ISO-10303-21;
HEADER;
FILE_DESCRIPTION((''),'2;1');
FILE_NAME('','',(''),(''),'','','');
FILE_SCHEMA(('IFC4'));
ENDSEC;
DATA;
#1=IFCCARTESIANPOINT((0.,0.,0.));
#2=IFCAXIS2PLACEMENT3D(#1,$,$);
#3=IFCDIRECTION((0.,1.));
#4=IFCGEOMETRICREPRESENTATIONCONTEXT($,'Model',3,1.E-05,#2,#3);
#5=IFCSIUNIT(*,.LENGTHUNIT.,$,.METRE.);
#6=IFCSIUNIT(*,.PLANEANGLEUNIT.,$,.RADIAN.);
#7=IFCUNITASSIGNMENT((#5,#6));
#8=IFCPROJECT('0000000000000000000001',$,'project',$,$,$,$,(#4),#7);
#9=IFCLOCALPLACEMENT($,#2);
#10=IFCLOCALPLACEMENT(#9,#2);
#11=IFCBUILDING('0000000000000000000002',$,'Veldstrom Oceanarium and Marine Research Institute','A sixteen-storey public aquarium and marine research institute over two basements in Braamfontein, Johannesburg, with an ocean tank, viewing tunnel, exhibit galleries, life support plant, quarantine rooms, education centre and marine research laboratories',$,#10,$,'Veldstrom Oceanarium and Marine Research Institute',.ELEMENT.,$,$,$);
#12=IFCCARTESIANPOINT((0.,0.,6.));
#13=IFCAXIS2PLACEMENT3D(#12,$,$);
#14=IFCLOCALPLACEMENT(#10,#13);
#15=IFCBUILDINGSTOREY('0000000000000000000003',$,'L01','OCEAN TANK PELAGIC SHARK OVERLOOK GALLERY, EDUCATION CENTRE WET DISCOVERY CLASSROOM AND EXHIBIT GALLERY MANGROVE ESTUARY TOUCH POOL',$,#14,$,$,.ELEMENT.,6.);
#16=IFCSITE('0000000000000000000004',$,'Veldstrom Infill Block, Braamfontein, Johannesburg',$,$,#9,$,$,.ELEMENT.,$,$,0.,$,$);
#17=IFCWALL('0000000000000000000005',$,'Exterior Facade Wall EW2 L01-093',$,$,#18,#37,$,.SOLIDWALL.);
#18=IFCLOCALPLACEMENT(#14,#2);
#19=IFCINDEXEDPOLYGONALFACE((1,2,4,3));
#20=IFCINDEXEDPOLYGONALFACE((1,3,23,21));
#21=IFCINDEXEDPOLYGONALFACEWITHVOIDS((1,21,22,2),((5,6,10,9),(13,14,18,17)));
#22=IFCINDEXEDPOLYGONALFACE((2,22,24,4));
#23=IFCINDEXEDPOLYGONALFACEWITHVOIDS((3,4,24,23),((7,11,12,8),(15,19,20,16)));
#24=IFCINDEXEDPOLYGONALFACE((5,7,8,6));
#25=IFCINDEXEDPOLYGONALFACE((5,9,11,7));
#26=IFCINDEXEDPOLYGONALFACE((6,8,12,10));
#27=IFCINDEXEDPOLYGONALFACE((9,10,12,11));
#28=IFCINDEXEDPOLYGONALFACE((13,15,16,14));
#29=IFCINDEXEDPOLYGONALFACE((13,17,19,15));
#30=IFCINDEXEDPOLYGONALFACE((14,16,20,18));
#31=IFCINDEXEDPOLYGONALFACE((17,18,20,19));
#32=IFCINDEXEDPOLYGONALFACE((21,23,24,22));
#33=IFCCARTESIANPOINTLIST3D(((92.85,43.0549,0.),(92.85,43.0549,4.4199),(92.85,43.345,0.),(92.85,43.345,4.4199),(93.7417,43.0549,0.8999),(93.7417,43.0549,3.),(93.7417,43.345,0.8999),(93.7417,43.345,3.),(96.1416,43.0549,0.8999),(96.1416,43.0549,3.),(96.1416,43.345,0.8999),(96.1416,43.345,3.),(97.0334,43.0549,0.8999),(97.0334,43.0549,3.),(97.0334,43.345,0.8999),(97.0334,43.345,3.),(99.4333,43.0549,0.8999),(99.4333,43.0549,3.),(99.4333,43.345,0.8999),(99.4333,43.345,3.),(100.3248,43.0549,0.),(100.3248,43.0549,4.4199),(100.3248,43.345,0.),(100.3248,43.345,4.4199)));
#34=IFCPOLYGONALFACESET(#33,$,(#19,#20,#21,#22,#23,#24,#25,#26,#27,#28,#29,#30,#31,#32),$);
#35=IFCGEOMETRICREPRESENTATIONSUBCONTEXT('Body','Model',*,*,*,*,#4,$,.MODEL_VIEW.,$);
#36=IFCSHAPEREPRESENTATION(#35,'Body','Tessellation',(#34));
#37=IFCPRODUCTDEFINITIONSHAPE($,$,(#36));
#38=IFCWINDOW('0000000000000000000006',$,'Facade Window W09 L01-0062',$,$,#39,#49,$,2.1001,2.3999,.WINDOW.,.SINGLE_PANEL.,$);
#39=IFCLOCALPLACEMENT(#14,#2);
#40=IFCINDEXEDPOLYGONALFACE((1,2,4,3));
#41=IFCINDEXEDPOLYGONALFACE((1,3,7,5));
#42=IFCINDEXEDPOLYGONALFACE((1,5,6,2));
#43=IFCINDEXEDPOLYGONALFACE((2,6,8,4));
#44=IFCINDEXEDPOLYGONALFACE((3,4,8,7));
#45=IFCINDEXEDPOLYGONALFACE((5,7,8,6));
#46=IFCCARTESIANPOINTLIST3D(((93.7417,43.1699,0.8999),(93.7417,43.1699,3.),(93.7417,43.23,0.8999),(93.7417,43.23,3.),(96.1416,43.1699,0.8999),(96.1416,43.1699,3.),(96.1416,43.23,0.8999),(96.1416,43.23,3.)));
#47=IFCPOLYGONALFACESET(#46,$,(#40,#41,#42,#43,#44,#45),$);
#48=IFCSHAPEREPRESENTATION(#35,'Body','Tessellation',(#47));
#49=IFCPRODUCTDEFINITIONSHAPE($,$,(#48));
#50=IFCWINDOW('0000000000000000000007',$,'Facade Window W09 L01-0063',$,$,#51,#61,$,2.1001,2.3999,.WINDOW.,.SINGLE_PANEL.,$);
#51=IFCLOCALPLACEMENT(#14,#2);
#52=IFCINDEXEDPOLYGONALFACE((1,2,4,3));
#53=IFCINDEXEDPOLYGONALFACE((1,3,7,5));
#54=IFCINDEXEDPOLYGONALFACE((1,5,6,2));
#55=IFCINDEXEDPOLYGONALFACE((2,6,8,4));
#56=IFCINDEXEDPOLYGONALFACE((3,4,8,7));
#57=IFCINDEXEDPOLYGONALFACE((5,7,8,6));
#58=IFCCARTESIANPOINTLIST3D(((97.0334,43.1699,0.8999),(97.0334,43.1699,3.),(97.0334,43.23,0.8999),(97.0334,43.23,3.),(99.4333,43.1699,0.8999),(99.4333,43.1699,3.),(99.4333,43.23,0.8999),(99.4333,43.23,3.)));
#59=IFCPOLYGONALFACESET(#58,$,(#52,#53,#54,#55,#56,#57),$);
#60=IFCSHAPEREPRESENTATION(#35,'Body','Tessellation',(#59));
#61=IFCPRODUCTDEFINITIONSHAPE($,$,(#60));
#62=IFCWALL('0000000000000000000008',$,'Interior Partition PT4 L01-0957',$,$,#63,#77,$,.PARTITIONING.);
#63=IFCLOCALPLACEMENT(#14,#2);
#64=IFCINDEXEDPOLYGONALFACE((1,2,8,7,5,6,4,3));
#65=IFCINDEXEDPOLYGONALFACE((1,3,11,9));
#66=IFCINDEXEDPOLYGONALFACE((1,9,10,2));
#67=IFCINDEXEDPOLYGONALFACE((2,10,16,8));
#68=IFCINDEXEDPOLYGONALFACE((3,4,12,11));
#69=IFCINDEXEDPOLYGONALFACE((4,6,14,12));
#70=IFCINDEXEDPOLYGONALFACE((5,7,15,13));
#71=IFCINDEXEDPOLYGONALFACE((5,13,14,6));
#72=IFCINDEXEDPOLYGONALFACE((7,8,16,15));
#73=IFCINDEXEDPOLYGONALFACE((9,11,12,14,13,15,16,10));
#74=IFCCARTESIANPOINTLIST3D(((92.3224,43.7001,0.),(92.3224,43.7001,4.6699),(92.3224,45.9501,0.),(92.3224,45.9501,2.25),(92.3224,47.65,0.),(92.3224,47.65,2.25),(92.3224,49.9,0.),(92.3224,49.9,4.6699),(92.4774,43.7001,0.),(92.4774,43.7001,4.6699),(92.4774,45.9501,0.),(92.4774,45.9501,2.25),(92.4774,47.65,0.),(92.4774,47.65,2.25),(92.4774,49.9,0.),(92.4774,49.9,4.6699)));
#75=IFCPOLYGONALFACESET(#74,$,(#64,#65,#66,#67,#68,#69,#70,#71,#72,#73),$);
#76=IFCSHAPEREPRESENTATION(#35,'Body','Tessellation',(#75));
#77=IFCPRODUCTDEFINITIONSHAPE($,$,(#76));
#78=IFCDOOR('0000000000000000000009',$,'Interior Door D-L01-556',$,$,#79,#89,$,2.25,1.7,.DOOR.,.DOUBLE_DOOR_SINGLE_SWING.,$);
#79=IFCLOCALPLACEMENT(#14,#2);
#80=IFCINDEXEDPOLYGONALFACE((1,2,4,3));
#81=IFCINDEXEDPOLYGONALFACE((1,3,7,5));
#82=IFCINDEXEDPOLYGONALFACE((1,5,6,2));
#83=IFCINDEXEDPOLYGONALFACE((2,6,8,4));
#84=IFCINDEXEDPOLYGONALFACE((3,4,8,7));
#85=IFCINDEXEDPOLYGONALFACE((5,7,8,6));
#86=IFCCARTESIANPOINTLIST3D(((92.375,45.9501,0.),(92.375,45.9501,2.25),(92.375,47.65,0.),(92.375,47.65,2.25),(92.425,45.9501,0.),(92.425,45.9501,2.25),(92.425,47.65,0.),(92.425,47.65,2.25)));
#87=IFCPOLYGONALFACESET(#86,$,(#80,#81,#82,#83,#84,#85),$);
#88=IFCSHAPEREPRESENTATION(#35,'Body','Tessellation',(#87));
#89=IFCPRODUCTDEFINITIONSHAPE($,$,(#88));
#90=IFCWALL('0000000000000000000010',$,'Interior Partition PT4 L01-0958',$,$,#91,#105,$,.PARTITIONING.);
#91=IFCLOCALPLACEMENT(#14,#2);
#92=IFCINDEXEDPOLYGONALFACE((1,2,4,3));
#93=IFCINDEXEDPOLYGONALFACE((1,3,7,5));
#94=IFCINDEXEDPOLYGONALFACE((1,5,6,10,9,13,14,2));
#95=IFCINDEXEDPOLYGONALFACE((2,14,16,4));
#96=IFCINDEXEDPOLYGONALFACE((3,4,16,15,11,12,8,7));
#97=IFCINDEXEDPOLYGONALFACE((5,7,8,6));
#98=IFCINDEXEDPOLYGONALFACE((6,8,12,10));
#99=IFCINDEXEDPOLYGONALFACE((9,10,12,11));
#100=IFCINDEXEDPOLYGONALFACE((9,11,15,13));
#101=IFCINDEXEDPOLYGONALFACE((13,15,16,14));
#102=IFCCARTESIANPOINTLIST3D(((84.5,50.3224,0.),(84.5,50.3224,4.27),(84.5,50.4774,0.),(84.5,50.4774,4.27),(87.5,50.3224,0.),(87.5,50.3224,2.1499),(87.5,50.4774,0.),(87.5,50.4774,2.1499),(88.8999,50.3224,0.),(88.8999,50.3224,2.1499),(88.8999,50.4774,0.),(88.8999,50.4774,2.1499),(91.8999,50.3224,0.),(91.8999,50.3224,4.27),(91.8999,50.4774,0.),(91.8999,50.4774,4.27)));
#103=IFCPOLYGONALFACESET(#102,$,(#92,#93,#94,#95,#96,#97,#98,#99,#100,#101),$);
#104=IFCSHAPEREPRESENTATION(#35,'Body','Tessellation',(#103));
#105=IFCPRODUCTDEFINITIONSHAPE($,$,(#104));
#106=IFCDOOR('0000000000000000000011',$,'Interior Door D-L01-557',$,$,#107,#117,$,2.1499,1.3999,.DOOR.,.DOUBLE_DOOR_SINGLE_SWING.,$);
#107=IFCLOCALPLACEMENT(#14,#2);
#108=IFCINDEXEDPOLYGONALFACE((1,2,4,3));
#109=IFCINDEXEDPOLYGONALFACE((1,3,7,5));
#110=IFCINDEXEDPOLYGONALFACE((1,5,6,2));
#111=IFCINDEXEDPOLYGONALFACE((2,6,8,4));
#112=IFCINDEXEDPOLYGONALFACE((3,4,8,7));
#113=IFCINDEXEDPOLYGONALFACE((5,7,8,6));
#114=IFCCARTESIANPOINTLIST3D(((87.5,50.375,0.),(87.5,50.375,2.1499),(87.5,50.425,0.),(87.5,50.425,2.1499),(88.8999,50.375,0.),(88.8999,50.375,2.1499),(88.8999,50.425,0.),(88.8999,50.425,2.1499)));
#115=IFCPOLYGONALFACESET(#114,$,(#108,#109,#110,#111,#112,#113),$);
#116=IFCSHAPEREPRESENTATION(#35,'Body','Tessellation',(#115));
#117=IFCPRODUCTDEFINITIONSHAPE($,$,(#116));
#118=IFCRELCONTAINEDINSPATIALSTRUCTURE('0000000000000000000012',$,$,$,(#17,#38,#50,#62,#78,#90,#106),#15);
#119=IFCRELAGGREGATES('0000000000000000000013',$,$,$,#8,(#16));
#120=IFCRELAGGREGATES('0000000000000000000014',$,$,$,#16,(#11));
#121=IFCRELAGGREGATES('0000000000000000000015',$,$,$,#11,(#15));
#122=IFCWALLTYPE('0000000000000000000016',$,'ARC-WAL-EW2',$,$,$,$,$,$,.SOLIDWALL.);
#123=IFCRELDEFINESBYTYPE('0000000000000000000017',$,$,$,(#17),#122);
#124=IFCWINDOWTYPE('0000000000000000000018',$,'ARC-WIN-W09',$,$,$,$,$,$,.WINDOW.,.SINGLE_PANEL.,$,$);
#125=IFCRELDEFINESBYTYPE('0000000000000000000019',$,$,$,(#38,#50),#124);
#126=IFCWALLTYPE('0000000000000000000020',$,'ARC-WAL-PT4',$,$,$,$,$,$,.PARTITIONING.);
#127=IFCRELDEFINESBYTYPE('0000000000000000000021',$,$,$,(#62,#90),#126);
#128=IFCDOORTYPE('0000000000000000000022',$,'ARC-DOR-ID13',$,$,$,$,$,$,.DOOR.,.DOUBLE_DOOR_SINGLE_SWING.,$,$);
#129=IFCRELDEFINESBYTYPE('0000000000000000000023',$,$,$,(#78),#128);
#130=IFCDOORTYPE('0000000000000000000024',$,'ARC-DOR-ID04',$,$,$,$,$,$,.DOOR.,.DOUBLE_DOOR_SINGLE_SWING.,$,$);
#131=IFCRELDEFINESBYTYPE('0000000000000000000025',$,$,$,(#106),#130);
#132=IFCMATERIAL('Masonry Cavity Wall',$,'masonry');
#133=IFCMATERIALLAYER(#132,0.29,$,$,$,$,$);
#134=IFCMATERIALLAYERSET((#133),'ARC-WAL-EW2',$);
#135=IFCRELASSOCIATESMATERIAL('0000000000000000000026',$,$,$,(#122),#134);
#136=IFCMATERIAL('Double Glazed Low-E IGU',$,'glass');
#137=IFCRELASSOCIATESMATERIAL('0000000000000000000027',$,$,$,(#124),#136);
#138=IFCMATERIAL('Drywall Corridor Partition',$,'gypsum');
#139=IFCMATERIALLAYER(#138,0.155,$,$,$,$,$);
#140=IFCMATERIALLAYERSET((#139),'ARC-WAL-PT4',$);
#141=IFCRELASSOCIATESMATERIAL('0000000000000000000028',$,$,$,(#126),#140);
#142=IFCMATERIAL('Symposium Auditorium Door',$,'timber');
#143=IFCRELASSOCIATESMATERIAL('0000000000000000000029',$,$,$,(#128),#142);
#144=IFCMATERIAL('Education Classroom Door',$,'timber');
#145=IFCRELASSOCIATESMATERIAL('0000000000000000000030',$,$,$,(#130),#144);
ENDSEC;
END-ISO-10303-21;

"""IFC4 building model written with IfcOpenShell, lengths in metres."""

from ifc_helpers import new_model, si_unit, direction, frame, frame_2d, origin, place, context, subcontext, project, spatial, rectangle, extrude, material, layer, layer_set, type_object, element, fill, save


model = new_model("IFC4")

# Units and contexts
model_context = context("Model", 3, precision=1e-05, world=origin(), true_north=direction((0.0, 1.0)))
body_context = subcontext(model_context, "Body", "Model", "MODEL_VIEW")
ifc_project = project(units=[si_unit("LENGTHUNIT", "METRE"), si_unit("PLANEANGLEUNIT", "RADIAN")], contexts=[model_context])

# Site, building, storey
site_placement = place(None, origin())
site = spatial("IfcSite", under=ifc_project, at=site_placement, Name="Veldstrom Infill Block, Braamfontein, Johannesburg", CompositionType="ELEMENT", RefElevation=0.0)
building_placement = place(site_placement, origin())
building = spatial("IfcBuilding", under=site, at=building_placement, Name="Veldstrom Oceanarium and Marine Research Institute", Description="A sixteen-storey public aquarium and marine research institute over two basements in Braamfontein, Johannesburg, with an ocean tank, viewing tunnel, exhibit galleries, life support plant, quarantine rooms, education centre and marine research laboratories", LongName="Veldstrom Oceanarium and Marine Research Institute", CompositionType="ELEMENT")
storey_placement = place(building_placement, frame((0.0, 0.0, 6.0)))
storey = spatial("IfcBuildingStorey", under=building, at=storey_placement, Name="L01", Description="OCEAN TANK PELAGIC SHARK OVERLOOK GALLERY, EDUCATION CENTRE WET DISCOVERY CLASSROOM AND EXHIBIT GALLERY MANGROVE ESTUARY TOUCH POOL", CompositionType="ELEMENT", Elevation=6.0)

# Wall, openings, windows
ifc_material_1 = material(Name="Masonry Cavity Wall", Category="masonry")
ifc_layer_1 = layer(ifc_material_1, 0.29)
ifc_layer_set_1 = layer_set([ifc_layer_1], Name="ARC-WAL-EW2")
wall_type_1 = type_object("IfcWallType", Name="ARC-WAL-EW2", PredefinedType="SOLIDWALL", material=ifc_layer_set_1)
wall_1_placement = place(storey_placement, frame((92.8501, 43.2, 0.0), z_axis=(0.0, 0.0, 1.0), x_axis=(1.0, 0.0, 0.0)))
wall_1 = element("IfcWall", 1, at=wall_1_placement, inside=storey, type_object=wall_type_1, Name="Exterior Facade Wall EW2 L01-093", PredefinedType="SOLIDWALL", context=body_context, shape_type="SweptSolid", body=[
    extrude(rectangle(XDim=7.4749, YDim=0.29, at=frame_2d((3.7373, 0.0))), origin(), (0.0, 0.0, 1.0), 4.4199),
])
opening_1_placement = place(wall_1_placement, frame((0.8916, 0.0, 0.8999)))
opening_1 = element("IfcOpeningElement", 2, at=opening_1_placement, cuts=wall_1, PredefinedType="OPENING", context=body_context, shape_type="SweptSolid", body=[
    extrude(rectangle(XDim=2.3999, YDim=2.1001, at=frame_2d((1.2, 1.05))), frame((0.0, 0.155, 0.0), z_axis=(0.0, -1.0, 0.0), x_axis=(1.0, 0.0, 0.0)), (0.0, 0.0, 1.0), 0.3101),
])
opening_2_placement = place(wall_1_placement, frame((4.1833, 0.0, 0.8999)))
opening_2 = element("IfcOpeningElement", 3, at=opening_2_placement, cuts=wall_1, PredefinedType="OPENING", context=body_context, shape_type="SweptSolid", body=[
    extrude(rectangle(XDim=2.3999, YDim=2.1001, at=frame_2d((1.2, 1.05))), frame((0.0, 0.155, 0.0), z_axis=(0.0, -1.0, 0.0), x_axis=(1.0, 0.0, 0.0)), (0.0, 0.0, 1.0), 0.3101),
])
ifc_material_2 = material(Name="Double Glazed Low-E IGU", Category="glass")
window_type = type_object("IfcWindowType", Name="ARC-WIN-W09", PartitioningType="SINGLE_PANEL", PredefinedType="WINDOW", material=ifc_material_2)
window_1_placement = place(opening_1_placement, origin())
window_1 = element("IfcWindow", 4, at=window_1_placement, inside=storey, type_object=window_type, Name="Facade Window W09 L01-0062", OverallHeight=2.1001, OverallWidth=2.3999, PartitioningType="SINGLE_PANEL", PredefinedType="WINDOW", context=body_context, shape_type="SweptSolid", body=[
    extrude(rectangle(XDim=2.3999, YDim=2.1001, at=frame_2d((1.2, 1.05))), frame((0.0, 0.03, 0.0), z_axis=(0.0, -1.0, 0.0), x_axis=(1.0, 0.0, 0.0)), (0.0, 0.0, 1.0), 0.0601),
])
fill(opening_1, window_1)
window_2_placement = place(opening_2_placement, origin())
window_2 = element("IfcWindow", 5, at=window_2_placement, inside=storey, type_object=window_type, Name="Facade Window W09 L01-0063", OverallHeight=2.1001, OverallWidth=2.3999, PartitioningType="SINGLE_PANEL", PredefinedType="WINDOW", context=body_context, shape_type="SweptSolid", body=[
    extrude(rectangle(XDim=2.3999, YDim=2.1001, at=frame_2d((1.2, 1.05))), frame((0.0, 0.03, 0.0), z_axis=(0.0, -1.0, 0.0), x_axis=(1.0, 0.0, 0.0)), (0.0, 0.0, 1.0), 0.0601),
])
fill(opening_2, window_2)

# Walls, openings, doors
ifc_material_3 = material(Name="Drywall Corridor Partition", Category="gypsum")
ifc_layer_2 = layer(ifc_material_3, 0.155)
ifc_layer_set_2 = layer_set([ifc_layer_2], Name="ARC-WAL-PT4")
wall_type_2 = type_object("IfcWallType", Name="ARC-WAL-PT4", PredefinedType="PARTITIONING", material=ifc_layer_set_2)
wall_2_placement = place(storey_placement, frame((92.3999, 43.7, 0.0), z_axis=(0.0, 0.0, 1.0), x_axis=(0.0, 1.0, 0.0)))
wall_2 = element("IfcWall", 6, at=wall_2_placement, inside=storey, type_object=wall_type_2, Name="Interior Partition PT4 L01-0957", PredefinedType="PARTITIONING", context=body_context, shape_type="SweptSolid", body=[
    extrude(rectangle(XDim=6.2, YDim=0.155, at=frame_2d((3.1001, 0.0))), origin(), (0.0, 0.0, 1.0), 4.6699),
])
opening_3_placement = place(wall_2_placement, frame((2.25, 0.0, 0.0)))
opening_3 = element("IfcOpeningElement", 7, at=opening_3_placement, cuts=wall_2, PredefinedType="OPENING", context=body_context, shape_type="SweptSolid", body=[
    extrude(rectangle(XDim=1.7, YDim=2.25, at=frame_2d((0.8501, 1.125))), frame((0.0, 0.0874, 0.0), z_axis=(0.0, -1.0, 0.0), x_axis=(1.0, 0.0, 0.0)), (0.0, 0.0, 1.0), 0.175),
])
ifc_material_4 = material(Name="Symposium Auditorium Door", Category="timber")
door_type_1 = type_object("IfcDoorType", Name="ARC-DOR-ID13", OperationType="DOUBLE_DOOR_SINGLE_SWING", PredefinedType="DOOR", material=ifc_material_4)
door_1_placement = place(opening_3_placement, origin())
door_1 = element("IfcDoor", 8, at=door_1_placement, inside=storey, type_object=door_type_1, Name="Interior Door D-L01-556", OperationType="DOUBLE_DOOR_SINGLE_SWING", OverallHeight=2.25, OverallWidth=1.7, PredefinedType="DOOR", context=body_context, shape_type="SweptSolid", body=[
    extrude(rectangle(XDim=1.7, YDim=2.25, at=frame_2d((0.8501, 1.125))), frame((0.0, 0.0249, 0.0), z_axis=(0.0, -1.0, 0.0), x_axis=(1.0, 0.0, 0.0)), (0.0, 0.0, 1.0), 0.05),
])
fill(opening_3, door_1)
wall_3_placement = place(storey_placement, frame((84.5, 50.3999, 0.0), z_axis=(0.0, 0.0, 1.0), x_axis=(1.0, 0.0, 0.0)))
wall_3 = element("IfcWall", 9, at=wall_3_placement, inside=storey, type_object=wall_type_2, Name="Interior Partition PT4 L01-0958", PredefinedType="PARTITIONING", context=body_context, shape_type="SweptSolid", body=[
    extrude(rectangle(XDim=7.3999, YDim=0.155, at=frame_2d((3.7, 0.0))), origin(), (0.0, 0.0, 1.0), 4.27),
])
opening_4_placement = place(wall_3_placement, frame((3.0, 0.0, 0.0)))
opening_4 = element("IfcOpeningElement", 10, at=opening_4_placement, cuts=wall_3, PredefinedType="OPENING", context=body_context, shape_type="SweptSolid", body=[
    extrude(rectangle(XDim=1.3999, YDim=2.1499, at=frame_2d((0.7, 1.075))), frame((0.0, 0.0874, 0.0), z_axis=(0.0, -1.0, 0.0), x_axis=(1.0, 0.0, 0.0)), (0.0, 0.0, 1.0), 0.175),
])
ifc_material_5 = material(Name="Education Classroom Door", Category="timber")
door_type_2 = type_object("IfcDoorType", Name="ARC-DOR-ID04", OperationType="DOUBLE_DOOR_SINGLE_SWING", PredefinedType="DOOR", material=ifc_material_5)
door_2_placement = place(opening_4_placement, frame((1.3999, 0.0, 0.0), z_axis=(0.0, 0.0, 1.0), x_axis=(-1.0, 0.0, 0.0)))
door_2 = element("IfcDoor", 11, at=door_2_placement, inside=storey, type_object=door_type_2, Name="Interior Door D-L01-557", OperationType="DOUBLE_DOOR_SINGLE_SWING", OverallHeight=2.1499, OverallWidth=1.3999, PredefinedType="DOOR", context=body_context, shape_type="SweptSolid", body=[
    extrude(rectangle(XDim=1.3999, YDim=2.1499, at=frame_2d((0.7, 1.075))), frame((0.0, 0.0249, 0.0), z_axis=(0.0, -1.0, 0.0), x_axis=(1.0, 0.0, 0.0)), (0.0, 0.0, 1.0), 0.05),
])
fill(opening_4, door_2)

save(model, "model.ifc")
